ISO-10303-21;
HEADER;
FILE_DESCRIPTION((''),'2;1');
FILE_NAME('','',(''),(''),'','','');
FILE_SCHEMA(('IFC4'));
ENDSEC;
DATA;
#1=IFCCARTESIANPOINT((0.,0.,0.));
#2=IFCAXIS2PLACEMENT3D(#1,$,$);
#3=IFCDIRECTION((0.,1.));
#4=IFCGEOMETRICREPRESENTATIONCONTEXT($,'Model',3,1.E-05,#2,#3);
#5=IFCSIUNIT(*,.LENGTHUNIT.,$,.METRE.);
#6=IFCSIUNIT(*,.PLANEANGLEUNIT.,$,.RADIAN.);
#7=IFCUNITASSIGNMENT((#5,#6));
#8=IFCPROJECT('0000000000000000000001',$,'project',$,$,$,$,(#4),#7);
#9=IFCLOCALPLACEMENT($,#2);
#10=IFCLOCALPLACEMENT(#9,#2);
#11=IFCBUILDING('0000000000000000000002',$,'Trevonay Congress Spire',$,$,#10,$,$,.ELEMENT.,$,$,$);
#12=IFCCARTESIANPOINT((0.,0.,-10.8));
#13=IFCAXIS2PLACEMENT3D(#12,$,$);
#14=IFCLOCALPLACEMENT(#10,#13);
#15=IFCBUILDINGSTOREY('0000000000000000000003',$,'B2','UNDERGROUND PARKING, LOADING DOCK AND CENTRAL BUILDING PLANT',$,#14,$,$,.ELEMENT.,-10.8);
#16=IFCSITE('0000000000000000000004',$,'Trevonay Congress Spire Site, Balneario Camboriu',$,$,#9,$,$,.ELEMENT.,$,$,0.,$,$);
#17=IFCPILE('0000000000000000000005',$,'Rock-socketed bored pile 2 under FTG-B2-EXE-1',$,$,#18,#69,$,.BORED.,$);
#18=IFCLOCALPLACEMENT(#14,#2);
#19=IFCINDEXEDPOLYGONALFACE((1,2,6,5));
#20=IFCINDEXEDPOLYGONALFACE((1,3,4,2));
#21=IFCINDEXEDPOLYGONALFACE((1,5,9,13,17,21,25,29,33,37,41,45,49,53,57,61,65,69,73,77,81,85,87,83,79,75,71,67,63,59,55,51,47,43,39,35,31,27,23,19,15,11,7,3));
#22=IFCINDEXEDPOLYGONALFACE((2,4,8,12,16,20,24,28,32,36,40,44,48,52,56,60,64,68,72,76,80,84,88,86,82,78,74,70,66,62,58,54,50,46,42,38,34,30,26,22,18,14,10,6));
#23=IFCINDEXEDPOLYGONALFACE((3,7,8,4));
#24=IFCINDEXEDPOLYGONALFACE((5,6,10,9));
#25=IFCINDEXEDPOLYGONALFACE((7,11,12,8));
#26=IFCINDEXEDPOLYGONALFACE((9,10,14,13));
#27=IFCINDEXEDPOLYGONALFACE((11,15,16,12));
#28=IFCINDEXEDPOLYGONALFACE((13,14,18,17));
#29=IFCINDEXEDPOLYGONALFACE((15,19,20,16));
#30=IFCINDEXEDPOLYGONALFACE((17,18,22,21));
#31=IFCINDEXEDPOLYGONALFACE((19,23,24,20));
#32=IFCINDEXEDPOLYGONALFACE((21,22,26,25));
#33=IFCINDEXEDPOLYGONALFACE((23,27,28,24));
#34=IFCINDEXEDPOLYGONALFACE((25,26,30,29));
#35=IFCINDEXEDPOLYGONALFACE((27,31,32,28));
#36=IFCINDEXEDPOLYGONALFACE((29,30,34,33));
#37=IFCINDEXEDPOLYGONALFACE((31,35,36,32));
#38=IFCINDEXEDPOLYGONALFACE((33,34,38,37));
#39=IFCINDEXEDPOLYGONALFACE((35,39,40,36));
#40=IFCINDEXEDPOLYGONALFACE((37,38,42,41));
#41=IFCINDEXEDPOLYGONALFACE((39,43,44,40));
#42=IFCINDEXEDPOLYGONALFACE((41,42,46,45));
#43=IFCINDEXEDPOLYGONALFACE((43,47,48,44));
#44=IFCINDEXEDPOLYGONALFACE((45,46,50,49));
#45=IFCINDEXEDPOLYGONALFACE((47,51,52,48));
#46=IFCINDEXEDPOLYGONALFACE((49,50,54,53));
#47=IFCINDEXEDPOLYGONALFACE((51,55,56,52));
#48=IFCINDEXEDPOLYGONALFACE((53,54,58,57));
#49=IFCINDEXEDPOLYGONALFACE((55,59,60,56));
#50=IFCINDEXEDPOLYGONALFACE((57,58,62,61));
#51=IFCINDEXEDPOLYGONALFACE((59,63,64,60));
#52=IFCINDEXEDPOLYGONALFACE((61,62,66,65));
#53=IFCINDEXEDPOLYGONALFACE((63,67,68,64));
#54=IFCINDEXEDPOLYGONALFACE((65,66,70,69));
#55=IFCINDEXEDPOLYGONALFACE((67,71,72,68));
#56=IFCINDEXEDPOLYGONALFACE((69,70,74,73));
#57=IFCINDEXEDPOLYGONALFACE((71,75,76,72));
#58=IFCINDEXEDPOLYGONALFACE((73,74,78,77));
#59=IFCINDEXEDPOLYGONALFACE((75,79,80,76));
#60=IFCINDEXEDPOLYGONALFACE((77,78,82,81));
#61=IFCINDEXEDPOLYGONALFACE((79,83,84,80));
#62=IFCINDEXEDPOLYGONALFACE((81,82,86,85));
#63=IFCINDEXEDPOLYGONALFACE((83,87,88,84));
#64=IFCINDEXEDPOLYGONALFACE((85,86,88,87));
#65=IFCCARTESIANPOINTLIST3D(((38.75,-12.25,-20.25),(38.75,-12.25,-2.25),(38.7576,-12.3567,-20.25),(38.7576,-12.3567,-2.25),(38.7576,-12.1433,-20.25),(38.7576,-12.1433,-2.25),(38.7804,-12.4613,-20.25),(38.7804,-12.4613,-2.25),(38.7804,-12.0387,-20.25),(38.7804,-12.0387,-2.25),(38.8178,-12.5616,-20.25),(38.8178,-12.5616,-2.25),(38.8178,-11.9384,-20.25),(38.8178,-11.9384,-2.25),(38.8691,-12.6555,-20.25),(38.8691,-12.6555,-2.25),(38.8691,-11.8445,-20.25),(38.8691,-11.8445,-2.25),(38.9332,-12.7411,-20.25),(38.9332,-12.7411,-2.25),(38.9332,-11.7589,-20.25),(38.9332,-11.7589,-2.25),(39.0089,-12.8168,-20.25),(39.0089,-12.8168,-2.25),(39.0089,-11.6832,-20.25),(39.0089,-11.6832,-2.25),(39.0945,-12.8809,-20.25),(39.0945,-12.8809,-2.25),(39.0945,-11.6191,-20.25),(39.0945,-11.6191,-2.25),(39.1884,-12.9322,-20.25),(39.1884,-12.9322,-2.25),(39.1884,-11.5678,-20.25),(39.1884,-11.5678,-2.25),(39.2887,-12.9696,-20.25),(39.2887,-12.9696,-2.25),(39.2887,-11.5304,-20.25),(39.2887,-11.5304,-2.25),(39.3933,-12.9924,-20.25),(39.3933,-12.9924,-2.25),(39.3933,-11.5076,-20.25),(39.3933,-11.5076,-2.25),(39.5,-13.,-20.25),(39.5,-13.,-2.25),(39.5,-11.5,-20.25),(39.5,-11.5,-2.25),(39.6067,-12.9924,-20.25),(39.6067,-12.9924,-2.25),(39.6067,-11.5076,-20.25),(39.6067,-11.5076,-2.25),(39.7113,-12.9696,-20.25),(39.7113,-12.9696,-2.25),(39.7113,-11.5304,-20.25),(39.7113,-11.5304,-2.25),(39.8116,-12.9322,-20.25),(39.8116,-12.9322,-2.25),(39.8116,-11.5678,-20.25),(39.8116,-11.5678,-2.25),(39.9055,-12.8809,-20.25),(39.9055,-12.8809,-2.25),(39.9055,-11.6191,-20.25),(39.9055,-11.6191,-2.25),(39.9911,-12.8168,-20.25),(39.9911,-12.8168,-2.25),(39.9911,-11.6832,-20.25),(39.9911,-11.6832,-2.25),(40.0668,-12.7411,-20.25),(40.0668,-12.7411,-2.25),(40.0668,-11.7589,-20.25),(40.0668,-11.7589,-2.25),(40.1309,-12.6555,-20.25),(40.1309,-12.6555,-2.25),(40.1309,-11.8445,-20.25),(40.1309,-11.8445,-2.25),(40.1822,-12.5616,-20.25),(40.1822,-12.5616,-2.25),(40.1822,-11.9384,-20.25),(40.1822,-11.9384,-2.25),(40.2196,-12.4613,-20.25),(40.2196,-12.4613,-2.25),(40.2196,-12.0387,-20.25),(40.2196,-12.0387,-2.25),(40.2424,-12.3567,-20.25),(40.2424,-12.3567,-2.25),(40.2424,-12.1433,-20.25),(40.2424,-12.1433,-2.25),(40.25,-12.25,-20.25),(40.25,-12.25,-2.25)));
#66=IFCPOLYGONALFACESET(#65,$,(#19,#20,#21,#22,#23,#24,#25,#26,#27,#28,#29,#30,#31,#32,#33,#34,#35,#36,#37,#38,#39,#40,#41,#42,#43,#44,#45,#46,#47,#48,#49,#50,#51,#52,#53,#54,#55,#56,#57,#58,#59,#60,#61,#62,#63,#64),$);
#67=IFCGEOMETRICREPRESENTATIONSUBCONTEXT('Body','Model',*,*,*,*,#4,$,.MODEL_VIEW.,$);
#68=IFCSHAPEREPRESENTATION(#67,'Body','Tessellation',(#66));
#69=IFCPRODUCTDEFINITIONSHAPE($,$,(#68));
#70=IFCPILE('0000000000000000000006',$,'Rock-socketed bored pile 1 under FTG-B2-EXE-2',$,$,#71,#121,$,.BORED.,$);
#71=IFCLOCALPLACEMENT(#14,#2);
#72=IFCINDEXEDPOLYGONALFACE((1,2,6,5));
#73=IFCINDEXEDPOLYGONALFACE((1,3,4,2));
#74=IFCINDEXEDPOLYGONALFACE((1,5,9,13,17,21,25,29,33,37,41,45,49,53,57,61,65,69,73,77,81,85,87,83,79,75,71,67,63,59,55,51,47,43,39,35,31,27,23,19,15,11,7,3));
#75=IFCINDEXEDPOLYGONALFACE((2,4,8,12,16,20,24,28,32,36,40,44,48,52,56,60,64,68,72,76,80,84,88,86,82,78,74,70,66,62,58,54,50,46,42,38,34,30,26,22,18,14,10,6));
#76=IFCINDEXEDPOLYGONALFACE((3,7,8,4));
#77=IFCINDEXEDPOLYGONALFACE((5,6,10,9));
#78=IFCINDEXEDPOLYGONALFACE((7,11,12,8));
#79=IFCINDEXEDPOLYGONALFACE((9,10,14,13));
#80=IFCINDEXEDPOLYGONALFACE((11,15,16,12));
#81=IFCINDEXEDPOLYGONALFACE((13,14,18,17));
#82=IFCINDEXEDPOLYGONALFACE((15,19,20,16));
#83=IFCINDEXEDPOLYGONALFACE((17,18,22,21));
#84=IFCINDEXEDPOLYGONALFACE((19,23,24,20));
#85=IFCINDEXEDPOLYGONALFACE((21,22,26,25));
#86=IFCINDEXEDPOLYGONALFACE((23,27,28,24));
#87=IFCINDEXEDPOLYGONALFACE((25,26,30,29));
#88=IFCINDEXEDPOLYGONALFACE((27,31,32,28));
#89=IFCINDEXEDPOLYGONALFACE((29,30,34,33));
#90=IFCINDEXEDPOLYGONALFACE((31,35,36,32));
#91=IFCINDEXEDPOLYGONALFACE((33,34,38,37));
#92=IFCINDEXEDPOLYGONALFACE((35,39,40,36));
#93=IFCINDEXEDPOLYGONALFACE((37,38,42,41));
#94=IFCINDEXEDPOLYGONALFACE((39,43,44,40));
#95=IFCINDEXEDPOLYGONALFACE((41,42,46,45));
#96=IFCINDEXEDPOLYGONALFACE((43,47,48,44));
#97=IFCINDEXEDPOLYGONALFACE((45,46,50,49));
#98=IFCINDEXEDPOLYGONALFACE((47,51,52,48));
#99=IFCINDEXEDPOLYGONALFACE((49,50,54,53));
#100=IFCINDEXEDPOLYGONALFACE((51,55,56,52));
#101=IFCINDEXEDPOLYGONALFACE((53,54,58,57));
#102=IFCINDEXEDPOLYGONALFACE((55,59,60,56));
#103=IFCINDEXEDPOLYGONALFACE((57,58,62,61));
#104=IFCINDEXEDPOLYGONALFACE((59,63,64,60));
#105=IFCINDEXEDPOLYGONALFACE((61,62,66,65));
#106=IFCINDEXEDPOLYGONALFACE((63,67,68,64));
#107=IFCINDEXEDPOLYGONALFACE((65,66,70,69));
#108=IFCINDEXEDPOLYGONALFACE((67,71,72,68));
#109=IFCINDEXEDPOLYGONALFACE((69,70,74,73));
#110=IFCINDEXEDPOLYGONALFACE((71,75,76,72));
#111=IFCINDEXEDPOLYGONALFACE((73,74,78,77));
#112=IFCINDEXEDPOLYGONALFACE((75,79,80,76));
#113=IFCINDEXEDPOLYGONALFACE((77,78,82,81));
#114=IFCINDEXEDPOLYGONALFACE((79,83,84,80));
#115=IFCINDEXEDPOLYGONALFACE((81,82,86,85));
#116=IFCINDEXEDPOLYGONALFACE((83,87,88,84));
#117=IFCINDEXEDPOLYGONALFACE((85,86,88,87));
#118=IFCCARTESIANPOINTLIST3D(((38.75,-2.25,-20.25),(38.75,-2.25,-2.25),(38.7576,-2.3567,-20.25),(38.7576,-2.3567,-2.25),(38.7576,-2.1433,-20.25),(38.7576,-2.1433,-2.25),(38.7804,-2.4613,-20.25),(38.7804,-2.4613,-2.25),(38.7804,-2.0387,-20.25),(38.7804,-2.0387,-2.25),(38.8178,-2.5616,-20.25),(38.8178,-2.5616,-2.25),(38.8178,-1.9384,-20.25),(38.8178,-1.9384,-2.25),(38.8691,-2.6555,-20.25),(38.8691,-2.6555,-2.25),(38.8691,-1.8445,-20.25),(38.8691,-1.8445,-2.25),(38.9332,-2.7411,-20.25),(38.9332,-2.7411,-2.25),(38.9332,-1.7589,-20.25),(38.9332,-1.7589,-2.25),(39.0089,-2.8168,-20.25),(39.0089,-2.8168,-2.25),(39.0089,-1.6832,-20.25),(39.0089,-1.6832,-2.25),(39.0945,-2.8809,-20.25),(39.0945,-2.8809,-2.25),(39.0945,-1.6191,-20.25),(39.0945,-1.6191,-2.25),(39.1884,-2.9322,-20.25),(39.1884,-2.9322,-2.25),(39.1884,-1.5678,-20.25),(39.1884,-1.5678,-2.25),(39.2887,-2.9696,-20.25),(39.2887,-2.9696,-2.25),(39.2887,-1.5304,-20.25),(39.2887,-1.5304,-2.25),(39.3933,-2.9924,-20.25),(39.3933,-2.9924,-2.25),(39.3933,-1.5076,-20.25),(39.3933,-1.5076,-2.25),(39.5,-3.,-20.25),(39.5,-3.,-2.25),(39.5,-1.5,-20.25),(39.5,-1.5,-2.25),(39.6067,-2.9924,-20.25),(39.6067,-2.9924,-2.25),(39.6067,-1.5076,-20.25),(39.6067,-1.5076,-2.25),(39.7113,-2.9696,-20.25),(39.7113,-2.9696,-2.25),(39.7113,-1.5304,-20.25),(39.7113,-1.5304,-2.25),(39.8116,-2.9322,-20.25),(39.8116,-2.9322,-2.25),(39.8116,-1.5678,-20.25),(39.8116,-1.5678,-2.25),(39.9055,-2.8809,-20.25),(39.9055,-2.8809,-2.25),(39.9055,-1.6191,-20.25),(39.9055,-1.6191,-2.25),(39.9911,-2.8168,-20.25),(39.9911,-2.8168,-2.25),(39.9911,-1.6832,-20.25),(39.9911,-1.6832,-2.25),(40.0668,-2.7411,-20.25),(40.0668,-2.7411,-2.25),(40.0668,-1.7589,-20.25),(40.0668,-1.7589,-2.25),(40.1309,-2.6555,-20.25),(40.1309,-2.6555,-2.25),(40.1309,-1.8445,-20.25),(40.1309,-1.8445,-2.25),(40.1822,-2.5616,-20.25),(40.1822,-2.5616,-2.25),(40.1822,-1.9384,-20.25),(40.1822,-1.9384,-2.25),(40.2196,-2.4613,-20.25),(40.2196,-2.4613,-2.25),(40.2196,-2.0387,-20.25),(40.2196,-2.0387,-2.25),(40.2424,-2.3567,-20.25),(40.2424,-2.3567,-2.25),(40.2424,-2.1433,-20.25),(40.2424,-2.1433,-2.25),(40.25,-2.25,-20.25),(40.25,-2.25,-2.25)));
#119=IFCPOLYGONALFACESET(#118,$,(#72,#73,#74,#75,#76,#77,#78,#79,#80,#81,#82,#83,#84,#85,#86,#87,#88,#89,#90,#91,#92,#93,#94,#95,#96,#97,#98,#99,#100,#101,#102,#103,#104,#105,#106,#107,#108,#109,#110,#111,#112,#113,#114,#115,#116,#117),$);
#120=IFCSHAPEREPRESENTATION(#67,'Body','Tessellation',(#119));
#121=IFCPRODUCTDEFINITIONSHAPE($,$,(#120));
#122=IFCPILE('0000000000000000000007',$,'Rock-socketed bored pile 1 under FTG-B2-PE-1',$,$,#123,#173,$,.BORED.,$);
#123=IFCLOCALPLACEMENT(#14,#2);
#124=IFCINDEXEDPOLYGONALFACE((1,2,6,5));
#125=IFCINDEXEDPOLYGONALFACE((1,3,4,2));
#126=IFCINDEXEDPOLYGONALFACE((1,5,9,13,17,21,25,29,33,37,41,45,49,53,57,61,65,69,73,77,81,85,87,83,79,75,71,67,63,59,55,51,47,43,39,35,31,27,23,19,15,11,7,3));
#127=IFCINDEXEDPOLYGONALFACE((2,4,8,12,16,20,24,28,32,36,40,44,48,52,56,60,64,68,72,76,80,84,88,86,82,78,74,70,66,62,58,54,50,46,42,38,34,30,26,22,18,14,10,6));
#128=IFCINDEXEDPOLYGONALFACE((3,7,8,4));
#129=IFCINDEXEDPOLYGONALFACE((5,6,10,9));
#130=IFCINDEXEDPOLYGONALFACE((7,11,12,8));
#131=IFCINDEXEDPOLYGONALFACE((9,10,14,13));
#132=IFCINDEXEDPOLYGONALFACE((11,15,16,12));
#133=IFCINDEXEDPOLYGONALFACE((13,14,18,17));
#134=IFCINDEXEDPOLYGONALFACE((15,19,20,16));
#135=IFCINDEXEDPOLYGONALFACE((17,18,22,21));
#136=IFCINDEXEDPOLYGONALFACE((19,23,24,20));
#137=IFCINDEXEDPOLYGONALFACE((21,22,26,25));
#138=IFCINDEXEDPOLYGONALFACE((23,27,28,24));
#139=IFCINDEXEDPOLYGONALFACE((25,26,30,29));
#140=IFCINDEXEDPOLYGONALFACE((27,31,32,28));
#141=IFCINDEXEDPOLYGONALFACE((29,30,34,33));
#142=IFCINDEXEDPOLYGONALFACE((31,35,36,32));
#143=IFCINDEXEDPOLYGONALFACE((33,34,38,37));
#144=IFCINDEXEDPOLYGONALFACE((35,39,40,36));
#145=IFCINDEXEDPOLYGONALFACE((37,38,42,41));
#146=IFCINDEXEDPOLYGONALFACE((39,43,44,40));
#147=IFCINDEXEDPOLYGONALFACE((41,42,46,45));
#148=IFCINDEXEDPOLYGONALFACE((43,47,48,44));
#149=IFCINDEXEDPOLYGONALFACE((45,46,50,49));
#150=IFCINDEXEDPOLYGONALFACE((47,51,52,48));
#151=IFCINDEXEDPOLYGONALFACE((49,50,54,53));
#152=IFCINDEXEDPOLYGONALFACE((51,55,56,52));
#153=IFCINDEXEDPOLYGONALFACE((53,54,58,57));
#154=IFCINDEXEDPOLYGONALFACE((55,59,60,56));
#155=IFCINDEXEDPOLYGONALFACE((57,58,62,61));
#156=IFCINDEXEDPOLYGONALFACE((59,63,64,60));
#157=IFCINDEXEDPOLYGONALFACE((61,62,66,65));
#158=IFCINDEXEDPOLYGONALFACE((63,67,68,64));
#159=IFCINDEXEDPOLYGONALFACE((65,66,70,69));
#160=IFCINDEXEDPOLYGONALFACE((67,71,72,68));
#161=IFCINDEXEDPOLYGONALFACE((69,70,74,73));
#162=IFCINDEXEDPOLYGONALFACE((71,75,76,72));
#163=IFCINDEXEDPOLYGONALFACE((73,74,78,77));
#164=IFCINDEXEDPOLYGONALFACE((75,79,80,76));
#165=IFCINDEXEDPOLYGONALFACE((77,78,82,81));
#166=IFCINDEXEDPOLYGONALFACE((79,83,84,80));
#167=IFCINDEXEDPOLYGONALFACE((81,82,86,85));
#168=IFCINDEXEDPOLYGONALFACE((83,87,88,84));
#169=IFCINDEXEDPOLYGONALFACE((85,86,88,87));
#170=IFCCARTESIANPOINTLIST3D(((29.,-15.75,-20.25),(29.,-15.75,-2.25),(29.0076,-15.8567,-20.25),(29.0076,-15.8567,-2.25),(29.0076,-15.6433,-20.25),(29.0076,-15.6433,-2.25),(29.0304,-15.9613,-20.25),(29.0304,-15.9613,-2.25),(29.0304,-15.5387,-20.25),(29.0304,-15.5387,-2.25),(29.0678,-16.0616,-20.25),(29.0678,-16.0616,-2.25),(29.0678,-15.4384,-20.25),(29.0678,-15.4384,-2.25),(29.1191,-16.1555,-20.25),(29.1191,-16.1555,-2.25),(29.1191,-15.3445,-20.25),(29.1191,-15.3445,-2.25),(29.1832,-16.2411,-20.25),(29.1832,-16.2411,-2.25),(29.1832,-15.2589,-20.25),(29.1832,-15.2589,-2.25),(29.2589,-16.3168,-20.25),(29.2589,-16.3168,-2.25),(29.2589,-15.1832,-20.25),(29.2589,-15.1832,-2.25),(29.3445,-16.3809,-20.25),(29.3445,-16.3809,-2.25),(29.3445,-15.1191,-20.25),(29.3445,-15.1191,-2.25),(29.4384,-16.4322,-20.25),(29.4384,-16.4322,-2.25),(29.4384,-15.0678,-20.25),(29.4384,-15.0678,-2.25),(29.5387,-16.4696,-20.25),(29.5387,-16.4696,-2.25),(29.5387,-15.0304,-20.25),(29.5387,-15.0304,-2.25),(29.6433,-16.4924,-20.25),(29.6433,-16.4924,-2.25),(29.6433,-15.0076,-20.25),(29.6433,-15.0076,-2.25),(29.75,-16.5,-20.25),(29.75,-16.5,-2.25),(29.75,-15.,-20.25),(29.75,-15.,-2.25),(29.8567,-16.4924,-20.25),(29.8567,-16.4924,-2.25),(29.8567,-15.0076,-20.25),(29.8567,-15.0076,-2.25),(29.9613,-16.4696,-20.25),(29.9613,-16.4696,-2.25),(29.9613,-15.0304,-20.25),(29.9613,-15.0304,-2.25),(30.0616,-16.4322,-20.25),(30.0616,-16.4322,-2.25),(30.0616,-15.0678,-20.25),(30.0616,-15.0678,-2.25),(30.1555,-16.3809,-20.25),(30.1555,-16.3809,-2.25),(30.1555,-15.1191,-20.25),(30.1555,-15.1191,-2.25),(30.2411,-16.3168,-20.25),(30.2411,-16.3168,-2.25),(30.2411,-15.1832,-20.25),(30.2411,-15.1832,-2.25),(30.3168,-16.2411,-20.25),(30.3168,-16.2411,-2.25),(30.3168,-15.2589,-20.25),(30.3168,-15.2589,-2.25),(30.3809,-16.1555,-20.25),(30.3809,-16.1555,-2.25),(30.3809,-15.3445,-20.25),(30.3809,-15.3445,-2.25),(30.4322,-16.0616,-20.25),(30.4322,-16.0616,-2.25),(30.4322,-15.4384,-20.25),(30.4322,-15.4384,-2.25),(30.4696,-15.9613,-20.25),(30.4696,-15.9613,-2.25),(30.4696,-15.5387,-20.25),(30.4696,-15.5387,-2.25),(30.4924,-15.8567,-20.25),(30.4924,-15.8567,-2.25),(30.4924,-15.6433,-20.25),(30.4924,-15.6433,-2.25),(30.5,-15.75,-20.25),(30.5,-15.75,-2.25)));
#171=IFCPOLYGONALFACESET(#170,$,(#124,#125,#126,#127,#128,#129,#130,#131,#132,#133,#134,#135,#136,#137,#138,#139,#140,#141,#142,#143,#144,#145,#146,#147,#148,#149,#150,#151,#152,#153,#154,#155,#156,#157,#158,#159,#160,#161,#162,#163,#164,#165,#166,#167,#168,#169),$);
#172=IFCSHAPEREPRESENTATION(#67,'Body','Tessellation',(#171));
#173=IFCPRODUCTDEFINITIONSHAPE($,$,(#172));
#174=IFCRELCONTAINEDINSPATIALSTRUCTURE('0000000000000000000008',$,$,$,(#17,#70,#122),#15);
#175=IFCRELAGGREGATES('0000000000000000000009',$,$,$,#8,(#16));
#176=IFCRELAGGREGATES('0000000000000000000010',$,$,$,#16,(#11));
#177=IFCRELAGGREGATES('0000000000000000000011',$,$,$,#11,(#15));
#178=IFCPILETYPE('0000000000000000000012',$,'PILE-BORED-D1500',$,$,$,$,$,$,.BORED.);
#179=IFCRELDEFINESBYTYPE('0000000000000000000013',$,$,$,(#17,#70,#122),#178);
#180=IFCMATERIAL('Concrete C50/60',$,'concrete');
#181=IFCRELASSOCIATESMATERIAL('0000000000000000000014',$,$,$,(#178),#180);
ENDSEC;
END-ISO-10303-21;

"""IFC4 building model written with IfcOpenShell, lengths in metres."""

from ifc_helpers import new_model, si_unit, direction, frame, origin, origin_2d, place, context, subcontext, project, spatial, circle, extrude, material, material_profile, profile_set, type_object, element, save


model = new_model("IFC4")

# Units and contexts
model_context = context("Model", 3, precision=1e-05, world=origin(), true_north=direction((0.0, 1.0)))
body_context = subcontext(model_context, "Body", "Model", "MODEL_VIEW")
ifc_project = project(units=[si_unit("LENGTHUNIT", "METRE"), si_unit("PLANEANGLEUNIT", "RADIAN")], contexts=[model_context])

# Site, building, storey
site_placement = place(None, origin())
site = spatial("IfcSite", under=ifc_project, at=site_placement, Name="Trevonay Congress Spire Site, Balneario Camboriu", CompositionType="ELEMENT", RefElevation=0.0)
building_placement = place(site_placement, origin())
building = spatial("IfcBuilding", under=site, at=building_placement, Name="Trevonay Congress Spire", CompositionType="ELEMENT")
storey_placement = place(building_placement, frame((0.0, 0.0, -10.8)))
storey = spatial("IfcBuildingStorey", under=building, at=storey_placement, Name="B2", Description="UNDERGROUND PARKING, LOADING DOCK AND CENTRAL BUILDING PLANT", CompositionType="ELEMENT", Elevation=-10.8)

# Shared definitions
ifc_material_1 = material(Name="Concrete C50/60", Category="concrete")

# Piles
ifc_material_profile_1 = material_profile(ifc_material_1, circle(Radius=0.75, at=origin_2d()), Name="PILE D1500")
ifc_profile_set_1 = profile_set([ifc_material_profile_1], Name="Concrete C50/60")
pile_type = type_object("IfcPileType", Name="PILE-BORED-D1500", PredefinedType="BORED", material=ifc_profile_set_1)
for number, where, z_axis, x_axis, name in (
    (1, (39.5, -12.25, -2.25), (0.0, 0.0, -1.0), (1.0, 0.0, 0.0), "Rock-socketed bored pile 2 under FTG-B2-EXE-1"),
    (2, (39.5, -2.25, -2.25), (0.0, 0.0, -1.0), (1.0, 0.0, 0.0), "Rock-socketed bored pile 1 under FTG-B2-EXE-2"),
    (3, (29.75, -15.75, -2.25), (0.0, 0.0, -1.0), (1.0, 0.0, 0.0), "Rock-socketed bored pile 1 under FTG-B2-PE-1"),
):
    element("IfcPile", number, at=place(storey_placement, frame(where, z_axis=z_axis, x_axis=x_axis)), inside=storey, type_object=pile_type, Name=name, PredefinedType="BORED", context=body_context, shape_type="SweptSolid", body=[
        extrude(circle(Radius=0.75, at=origin_2d()), origin(), (0.0, 0.0, 1.0), 18.0),
    ])

save(model, "model.ifc")
